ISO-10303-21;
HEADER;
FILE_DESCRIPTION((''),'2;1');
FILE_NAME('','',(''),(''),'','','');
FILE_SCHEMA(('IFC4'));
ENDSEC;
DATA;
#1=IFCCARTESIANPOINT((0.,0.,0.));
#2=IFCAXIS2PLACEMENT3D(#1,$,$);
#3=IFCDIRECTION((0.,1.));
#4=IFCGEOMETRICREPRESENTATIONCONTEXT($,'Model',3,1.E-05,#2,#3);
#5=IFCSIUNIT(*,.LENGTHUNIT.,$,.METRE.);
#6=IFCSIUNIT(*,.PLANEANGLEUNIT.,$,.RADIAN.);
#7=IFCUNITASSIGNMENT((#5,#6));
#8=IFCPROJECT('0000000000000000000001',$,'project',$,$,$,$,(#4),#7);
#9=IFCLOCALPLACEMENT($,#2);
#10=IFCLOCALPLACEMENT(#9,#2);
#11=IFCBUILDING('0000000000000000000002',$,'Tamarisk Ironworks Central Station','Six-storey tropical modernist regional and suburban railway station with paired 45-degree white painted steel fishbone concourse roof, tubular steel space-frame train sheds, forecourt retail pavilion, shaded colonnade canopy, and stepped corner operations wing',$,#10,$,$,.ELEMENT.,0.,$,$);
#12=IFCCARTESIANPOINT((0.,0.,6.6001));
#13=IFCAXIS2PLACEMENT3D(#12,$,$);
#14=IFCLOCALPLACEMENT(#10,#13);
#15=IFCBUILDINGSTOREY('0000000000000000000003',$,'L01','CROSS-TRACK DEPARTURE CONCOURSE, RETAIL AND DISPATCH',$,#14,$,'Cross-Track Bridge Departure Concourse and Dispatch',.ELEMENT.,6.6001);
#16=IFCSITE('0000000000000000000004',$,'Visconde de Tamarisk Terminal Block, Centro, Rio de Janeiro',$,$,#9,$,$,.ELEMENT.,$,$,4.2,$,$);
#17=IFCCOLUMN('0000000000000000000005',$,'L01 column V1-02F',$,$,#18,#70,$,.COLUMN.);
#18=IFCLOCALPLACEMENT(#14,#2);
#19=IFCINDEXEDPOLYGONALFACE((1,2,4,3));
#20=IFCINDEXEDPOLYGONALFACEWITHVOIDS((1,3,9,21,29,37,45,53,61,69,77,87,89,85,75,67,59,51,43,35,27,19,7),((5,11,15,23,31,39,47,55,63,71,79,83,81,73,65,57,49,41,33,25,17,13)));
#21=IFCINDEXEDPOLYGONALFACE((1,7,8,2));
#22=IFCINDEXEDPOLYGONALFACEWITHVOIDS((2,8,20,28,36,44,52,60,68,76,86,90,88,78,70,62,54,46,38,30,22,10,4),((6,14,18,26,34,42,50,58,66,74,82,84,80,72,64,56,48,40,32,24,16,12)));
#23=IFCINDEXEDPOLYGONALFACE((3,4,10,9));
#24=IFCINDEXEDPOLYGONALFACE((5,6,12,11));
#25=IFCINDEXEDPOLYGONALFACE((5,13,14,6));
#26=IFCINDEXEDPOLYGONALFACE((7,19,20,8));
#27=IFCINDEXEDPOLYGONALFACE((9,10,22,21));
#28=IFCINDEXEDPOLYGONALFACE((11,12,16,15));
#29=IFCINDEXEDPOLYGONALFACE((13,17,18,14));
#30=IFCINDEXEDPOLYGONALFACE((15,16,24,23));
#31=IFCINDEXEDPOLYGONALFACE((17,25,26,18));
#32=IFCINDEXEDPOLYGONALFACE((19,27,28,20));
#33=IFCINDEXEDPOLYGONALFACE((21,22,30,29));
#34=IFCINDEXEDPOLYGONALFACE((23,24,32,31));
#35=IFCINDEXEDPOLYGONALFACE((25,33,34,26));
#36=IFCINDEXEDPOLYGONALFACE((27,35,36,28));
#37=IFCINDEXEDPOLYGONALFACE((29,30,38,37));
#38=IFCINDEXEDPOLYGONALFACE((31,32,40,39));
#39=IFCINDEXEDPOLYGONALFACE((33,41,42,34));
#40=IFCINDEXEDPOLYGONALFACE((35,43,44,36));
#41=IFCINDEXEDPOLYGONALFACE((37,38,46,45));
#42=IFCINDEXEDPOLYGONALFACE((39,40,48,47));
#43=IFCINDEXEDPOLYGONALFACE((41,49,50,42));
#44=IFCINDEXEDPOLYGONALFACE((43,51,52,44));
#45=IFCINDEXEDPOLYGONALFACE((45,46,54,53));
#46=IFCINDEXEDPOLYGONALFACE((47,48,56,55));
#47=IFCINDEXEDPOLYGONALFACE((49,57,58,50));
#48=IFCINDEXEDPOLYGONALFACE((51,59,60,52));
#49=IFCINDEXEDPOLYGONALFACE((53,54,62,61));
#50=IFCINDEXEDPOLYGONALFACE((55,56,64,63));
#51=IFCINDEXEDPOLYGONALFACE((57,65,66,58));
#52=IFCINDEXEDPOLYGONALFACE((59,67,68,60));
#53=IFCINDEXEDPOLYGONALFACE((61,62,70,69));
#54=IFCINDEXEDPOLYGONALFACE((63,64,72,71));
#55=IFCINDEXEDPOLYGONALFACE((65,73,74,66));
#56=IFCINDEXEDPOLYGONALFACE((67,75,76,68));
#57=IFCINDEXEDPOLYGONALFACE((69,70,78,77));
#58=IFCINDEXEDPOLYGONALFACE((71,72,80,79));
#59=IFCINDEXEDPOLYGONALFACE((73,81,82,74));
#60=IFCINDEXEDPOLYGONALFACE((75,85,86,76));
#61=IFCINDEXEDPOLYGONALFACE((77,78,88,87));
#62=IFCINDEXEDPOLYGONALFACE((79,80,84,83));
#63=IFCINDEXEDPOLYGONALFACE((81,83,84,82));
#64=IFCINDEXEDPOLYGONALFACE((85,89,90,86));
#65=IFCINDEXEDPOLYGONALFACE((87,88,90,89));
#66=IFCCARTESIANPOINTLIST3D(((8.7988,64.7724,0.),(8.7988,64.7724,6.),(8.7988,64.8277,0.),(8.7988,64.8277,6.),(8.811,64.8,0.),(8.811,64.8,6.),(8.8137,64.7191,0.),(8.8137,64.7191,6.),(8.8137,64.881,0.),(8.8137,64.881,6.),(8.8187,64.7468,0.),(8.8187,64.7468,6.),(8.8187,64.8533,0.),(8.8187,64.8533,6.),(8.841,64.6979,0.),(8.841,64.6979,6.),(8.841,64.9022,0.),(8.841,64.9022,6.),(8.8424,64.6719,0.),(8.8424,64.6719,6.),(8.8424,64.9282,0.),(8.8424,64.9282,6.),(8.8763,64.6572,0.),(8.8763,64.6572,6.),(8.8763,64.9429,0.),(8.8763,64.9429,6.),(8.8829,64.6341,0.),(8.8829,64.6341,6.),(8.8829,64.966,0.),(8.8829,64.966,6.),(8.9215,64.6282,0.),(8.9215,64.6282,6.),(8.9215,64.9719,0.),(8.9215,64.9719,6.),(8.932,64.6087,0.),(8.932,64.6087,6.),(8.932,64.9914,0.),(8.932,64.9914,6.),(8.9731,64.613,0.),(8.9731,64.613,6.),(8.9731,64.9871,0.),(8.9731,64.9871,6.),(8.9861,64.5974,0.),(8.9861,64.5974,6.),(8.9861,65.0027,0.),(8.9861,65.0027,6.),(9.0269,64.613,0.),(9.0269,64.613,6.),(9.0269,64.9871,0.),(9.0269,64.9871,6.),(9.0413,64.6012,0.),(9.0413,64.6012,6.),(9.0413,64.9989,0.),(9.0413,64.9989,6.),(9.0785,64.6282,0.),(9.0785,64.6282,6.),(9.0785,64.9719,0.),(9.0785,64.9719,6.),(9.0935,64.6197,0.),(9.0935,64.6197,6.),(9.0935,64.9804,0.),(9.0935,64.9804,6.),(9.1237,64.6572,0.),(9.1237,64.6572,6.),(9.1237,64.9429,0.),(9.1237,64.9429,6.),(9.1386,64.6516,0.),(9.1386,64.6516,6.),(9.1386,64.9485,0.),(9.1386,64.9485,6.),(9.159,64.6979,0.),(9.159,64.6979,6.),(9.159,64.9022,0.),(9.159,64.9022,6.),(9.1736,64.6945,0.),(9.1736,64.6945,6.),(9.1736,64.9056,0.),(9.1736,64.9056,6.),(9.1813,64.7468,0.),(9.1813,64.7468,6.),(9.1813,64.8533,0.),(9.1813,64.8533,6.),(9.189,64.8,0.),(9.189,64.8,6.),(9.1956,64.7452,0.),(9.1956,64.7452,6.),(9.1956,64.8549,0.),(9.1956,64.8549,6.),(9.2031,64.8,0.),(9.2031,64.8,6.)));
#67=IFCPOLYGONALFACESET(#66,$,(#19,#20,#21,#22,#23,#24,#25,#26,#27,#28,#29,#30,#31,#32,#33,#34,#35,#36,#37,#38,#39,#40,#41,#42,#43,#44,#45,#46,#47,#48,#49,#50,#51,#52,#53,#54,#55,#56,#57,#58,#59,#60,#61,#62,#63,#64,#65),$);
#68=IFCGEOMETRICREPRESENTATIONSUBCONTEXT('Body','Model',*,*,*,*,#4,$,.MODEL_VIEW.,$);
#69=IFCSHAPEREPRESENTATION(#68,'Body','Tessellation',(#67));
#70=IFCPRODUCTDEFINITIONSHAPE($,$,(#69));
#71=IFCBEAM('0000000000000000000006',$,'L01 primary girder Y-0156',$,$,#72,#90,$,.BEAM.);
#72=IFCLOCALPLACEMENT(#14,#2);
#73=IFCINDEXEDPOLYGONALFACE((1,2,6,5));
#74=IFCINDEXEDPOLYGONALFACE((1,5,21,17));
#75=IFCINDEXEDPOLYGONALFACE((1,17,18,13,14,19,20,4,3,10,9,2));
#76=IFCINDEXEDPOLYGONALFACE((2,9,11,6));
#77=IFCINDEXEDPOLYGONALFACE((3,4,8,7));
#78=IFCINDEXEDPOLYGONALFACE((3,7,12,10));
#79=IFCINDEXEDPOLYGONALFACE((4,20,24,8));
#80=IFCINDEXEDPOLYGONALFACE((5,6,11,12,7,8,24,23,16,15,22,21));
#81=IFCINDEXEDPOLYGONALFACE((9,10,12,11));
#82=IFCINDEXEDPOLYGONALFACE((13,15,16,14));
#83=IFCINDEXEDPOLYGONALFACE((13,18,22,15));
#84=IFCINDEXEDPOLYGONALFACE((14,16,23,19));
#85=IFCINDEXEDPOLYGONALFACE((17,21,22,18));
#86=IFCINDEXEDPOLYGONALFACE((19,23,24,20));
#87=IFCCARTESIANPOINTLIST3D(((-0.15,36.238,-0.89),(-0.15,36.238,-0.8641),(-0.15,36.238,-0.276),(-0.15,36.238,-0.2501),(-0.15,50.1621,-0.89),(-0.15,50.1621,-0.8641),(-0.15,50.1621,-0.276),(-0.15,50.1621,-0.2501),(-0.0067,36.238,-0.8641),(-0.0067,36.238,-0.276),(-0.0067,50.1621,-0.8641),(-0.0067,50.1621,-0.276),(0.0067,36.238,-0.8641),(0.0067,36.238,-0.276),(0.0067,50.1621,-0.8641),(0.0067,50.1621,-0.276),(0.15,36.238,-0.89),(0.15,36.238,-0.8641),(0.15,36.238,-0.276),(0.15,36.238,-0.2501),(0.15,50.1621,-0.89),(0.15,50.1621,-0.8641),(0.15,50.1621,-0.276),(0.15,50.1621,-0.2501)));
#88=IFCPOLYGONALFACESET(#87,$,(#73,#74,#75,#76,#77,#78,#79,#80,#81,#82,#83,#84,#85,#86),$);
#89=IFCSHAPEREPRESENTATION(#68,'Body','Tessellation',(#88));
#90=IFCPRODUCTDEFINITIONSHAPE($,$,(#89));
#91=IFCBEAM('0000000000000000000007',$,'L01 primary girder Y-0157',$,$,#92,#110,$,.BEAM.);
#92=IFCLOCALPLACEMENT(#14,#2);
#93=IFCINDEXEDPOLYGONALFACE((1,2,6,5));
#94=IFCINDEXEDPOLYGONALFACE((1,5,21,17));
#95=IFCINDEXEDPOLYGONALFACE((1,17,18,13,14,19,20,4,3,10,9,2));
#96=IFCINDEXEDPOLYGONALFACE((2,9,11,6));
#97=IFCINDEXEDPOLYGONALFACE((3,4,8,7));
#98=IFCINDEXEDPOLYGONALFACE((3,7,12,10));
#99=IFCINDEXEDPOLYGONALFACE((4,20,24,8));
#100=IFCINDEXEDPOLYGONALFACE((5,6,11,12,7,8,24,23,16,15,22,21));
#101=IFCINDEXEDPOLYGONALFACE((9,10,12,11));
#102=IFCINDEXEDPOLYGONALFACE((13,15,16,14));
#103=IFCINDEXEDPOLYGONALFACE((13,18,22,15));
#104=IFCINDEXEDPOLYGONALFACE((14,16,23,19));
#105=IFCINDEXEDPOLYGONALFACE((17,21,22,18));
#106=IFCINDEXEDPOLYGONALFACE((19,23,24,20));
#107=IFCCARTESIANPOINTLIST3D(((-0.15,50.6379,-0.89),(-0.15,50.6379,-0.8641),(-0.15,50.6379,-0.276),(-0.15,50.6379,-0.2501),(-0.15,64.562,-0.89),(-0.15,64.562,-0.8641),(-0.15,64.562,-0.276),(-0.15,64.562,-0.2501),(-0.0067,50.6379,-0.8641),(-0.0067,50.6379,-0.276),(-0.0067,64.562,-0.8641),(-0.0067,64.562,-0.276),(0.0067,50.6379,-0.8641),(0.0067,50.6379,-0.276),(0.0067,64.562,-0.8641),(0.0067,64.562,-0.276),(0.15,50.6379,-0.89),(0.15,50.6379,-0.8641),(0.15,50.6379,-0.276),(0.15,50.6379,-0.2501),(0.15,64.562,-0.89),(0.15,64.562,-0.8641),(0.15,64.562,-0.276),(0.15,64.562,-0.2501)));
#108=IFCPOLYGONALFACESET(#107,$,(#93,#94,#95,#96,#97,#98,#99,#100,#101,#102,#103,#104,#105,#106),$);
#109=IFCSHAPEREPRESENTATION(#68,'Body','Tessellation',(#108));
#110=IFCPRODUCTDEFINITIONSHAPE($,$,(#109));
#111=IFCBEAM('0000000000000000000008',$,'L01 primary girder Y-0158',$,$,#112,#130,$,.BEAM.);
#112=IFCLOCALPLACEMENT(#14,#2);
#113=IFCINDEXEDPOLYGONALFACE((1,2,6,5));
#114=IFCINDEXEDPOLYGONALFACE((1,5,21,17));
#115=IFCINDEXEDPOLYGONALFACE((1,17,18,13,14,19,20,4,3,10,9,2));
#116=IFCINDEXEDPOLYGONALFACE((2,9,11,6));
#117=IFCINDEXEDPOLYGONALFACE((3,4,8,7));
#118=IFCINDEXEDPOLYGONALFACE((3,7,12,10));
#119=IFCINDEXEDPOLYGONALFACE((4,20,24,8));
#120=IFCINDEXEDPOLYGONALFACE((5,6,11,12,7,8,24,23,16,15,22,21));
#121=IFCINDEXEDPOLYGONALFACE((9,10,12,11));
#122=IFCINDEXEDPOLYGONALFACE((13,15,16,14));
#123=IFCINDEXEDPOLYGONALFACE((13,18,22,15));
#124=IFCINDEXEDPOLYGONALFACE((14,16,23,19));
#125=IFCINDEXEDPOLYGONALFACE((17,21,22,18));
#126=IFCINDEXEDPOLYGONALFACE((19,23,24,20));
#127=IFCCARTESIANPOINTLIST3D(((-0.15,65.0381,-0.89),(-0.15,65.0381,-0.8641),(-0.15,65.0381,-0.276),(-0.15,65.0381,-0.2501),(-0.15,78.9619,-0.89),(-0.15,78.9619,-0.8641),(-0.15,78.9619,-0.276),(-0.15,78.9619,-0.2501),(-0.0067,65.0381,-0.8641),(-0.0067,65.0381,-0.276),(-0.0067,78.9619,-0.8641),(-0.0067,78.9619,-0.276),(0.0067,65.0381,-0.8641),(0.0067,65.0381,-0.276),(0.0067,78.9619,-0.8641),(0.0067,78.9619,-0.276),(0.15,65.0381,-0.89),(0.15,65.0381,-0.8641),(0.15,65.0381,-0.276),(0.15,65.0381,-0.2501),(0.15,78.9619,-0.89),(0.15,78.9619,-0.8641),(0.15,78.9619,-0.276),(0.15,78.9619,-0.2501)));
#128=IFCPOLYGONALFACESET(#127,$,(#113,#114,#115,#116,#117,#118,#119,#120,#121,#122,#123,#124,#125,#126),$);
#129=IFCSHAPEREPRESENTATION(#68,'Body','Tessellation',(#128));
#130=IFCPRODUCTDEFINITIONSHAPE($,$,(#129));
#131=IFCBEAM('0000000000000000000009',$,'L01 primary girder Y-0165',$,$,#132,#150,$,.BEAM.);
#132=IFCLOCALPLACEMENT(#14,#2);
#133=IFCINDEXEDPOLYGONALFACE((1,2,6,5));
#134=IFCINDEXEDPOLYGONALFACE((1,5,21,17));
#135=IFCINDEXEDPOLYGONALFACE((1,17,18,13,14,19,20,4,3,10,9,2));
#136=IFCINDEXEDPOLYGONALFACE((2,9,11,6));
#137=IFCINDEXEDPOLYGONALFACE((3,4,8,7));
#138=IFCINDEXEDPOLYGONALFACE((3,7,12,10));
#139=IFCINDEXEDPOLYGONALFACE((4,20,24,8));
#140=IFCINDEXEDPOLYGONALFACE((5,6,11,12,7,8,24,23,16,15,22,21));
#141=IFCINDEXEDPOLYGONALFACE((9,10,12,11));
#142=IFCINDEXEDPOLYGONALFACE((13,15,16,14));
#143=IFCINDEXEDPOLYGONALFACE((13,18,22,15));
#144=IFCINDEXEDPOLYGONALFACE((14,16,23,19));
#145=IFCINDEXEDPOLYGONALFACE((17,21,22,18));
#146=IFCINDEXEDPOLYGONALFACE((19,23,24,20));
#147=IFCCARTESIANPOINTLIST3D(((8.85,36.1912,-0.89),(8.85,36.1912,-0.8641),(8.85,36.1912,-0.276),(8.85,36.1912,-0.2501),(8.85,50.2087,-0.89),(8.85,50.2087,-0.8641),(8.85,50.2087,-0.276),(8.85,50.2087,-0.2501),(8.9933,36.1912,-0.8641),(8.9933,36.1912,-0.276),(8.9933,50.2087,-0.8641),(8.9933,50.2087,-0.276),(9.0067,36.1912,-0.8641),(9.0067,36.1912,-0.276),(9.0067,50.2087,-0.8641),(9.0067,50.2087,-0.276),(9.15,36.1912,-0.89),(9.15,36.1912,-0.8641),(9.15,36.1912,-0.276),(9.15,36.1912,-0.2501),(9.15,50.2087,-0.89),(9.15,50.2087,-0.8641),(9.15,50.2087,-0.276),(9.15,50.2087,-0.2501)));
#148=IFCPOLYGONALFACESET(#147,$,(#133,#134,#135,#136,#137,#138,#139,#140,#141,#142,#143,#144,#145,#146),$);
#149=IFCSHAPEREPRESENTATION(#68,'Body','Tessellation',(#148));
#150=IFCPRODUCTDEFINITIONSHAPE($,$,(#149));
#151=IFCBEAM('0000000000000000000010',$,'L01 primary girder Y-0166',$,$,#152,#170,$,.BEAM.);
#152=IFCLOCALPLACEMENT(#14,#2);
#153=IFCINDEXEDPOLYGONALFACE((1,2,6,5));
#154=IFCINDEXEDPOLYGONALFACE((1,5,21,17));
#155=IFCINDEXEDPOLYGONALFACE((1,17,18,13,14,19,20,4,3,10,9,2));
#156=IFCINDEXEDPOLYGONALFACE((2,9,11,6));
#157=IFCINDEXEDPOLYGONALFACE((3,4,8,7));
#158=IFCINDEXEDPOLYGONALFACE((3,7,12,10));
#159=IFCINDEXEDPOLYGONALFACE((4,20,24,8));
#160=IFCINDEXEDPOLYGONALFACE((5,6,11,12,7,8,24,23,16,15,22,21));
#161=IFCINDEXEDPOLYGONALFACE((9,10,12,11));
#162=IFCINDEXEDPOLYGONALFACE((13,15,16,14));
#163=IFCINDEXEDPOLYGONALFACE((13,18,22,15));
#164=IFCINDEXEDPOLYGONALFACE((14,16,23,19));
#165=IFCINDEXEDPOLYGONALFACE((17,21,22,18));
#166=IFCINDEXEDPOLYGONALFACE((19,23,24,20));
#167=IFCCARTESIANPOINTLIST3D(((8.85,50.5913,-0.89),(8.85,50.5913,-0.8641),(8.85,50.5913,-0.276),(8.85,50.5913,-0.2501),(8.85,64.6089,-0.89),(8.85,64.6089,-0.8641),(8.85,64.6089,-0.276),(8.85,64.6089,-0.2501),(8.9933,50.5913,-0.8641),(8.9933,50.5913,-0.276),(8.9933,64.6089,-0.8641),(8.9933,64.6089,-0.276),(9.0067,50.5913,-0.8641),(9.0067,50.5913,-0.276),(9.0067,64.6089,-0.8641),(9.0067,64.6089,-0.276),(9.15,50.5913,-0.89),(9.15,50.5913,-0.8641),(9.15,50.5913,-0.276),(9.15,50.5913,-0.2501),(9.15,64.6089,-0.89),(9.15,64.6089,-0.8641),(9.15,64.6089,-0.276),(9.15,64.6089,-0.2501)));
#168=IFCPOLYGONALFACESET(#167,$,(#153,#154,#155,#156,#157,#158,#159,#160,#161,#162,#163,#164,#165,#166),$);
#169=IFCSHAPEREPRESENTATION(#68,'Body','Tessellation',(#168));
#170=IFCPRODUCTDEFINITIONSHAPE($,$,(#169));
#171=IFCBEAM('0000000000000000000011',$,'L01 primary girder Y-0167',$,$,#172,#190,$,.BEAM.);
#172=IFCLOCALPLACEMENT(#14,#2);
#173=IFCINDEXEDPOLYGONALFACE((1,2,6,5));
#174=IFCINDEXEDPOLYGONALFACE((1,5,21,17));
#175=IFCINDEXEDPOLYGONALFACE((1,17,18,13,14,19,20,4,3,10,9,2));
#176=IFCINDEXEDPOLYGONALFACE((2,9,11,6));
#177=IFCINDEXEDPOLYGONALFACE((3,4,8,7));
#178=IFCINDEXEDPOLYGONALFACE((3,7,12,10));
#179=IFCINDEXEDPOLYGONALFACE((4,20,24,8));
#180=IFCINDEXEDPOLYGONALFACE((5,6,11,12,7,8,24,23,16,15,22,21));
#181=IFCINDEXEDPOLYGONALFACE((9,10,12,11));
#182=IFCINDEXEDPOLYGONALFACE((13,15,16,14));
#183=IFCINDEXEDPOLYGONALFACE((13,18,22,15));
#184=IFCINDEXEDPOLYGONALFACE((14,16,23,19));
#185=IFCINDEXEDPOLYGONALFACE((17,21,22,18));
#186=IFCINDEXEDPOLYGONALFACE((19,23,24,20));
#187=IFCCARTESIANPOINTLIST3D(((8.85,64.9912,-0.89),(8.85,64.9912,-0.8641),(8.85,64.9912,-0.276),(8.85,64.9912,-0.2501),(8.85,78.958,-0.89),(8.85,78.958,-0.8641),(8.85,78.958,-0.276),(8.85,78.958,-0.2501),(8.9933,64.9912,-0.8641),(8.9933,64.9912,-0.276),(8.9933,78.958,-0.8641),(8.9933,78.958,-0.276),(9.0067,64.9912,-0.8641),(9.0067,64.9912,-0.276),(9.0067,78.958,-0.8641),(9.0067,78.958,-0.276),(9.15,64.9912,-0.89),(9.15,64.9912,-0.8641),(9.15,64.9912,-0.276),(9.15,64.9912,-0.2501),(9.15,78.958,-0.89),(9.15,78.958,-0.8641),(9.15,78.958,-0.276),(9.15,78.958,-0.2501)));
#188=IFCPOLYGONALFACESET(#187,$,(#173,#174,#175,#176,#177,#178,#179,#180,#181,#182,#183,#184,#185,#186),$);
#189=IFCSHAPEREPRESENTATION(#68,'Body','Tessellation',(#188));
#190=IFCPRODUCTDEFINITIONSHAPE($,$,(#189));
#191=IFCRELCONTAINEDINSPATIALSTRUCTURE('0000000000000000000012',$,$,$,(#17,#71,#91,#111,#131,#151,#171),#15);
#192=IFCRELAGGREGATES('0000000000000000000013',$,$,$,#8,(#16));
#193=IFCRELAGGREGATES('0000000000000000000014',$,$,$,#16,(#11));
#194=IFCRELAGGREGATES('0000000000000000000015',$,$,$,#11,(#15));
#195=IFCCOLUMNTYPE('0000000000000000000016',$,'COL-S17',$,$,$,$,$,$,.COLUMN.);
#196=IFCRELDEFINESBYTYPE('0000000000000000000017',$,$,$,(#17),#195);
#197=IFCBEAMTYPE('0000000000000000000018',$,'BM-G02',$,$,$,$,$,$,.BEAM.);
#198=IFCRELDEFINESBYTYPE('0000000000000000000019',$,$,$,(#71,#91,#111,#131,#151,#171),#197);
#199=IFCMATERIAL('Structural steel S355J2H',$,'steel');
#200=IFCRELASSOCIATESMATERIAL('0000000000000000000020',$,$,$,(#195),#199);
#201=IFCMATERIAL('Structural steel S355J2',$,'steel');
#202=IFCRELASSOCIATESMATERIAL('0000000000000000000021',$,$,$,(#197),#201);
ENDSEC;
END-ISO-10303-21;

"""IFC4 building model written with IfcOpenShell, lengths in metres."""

from ifc_helpers import new_model, si_unit, direction, frame, origin, origin_2d, place, context, subcontext, project, spatial, hollow_circle, i_section, extrude, material, material_profile, profile_set, type_object, element, save


model = new_model("IFC4")

# Units and contexts
model_context = context("Model", 3, precision=1e-05, world=origin(), true_north=direction((0.0, 1.0)))
body_context = subcontext(model_context, "Body", "Model", "MODEL_VIEW")
ifc_project = project(units=[si_unit("LENGTHUNIT", "METRE"), si_unit("PLANEANGLEUNIT", "RADIAN")], contexts=[model_context])

# Site, building, storey
site_placement = place(None, origin())
site = spatial("IfcSite", under=ifc_project, at=site_placement, Name="Visconde de Tamarisk Terminal Block, Centro, Rio de Janeiro", CompositionType="ELEMENT", RefElevation=4.2)
building_placement = place(site_placement, origin())
building = spatial("IfcBuilding", under=site, at=building_placement, Name="Tamarisk Ironworks Central Station", Description="Six-storey tropical modernist regional and suburban railway station with paired 45-degree white painted steel fishbone concourse roof, tubular steel space-frame train sheds, forecourt retail pavilion, shaded colonnade canopy, and stepped corner operations wing", CompositionType="ELEMENT", ElevationOfRefHeight=0.0)
storey_placement = place(building_placement, frame((0.0, 0.0, 6.6001)))
storey = spatial("IfcBuildingStorey", under=building, at=storey_placement, Name="L01", Description="CROSS-TRACK DEPARTURE CONCOURSE, RETAIL AND DISPATCH", LongName="Cross-Track Bridge Departure Concourse and Dispatch", CompositionType="ELEMENT", Elevation=6.6001)

# Column
ifc_material_1 = material(Name="Structural steel S355J2H", Category="steel")
ifc_material_profile_1 = material_profile(ifc_material_1, hollow_circle(Radius=0.2031, WallThickness=0.0142, at=origin_2d()), Name="CHS 406.4x14.2")
ifc_profile_set_1 = profile_set([ifc_material_profile_1], Name="Structural steel S355J2H")
column_type_1 = type_object("IfcColumnType", Name="COL-S17", PredefinedType="COLUMN", material=ifc_profile_set_1)
for number, where, z_axis, x_axis, name in (
    (1, (9.0, 64.8, 0.0), (0.0, 0.0, 1.0), (1.0, 0.0, 0.0), "L01 column V1-02F"),
):
    element("IfcColumn", number, at=place(storey_placement, frame(where, z_axis=z_axis, x_axis=x_axis)), inside=storey, type_object=column_type_1, Name=name, PredefinedType="COLUMN", context=body_context, shape_type="SweptSolid", body=[
        extrude(hollow_circle(Radius=0.2031, WallThickness=0.0142, at=origin_2d()), origin(), (0.0, 0.0, 1.0), 6.0),
    ])

# Beams
ifc_material_2 = material(Name="Structural steel S355J2", Category="steel")
ifc_material_profile_2 = material_profile(ifc_material_2, i_section(OverallWidth=0.3, OverallDepth=0.6399, WebThickness=0.0134, FlangeThickness=0.0259, at=origin_2d()), Name="HEA 650")
ifc_profile_set_2 = profile_set([ifc_material_profile_2], Name="Structural steel S355J2")
beam_type_1 = type_object("IfcBeamType", Name="BM-G02", PredefinedType="BEAM", material=ifc_profile_set_2)
for number, where, z_axis, x_axis, name in (
    (2, (0.0, 36.238, -0.5701), (0.0, 1.0, 0.0), (-1.0, 0.0, 0.0), "L01 primary girder Y-0156"),
    (3, (0.0, 50.6379, -0.5701), (0.0, 1.0, 0.0), (-1.0, 0.0, 0.0), "L01 primary girder Y-0157"),
):
    element("IfcBeam", number, at=place(storey_placement, frame(where, z_axis=z_axis, x_axis=x_axis)), inside=storey, type_object=beam_type_1, Name=name, PredefinedType="BEAM", context=body_context, shape_type="SweptSolid", body=[
        extrude(i_section(OverallWidth=0.3, OverallDepth=0.6399, WebThickness=0.0134, FlangeThickness=0.0259, at=origin_2d()), origin(), (0.0, 0.0, 1.0), 13.9241),
    ])
beam_1_placement = place(storey_placement, frame((0.0, 65.0381, -0.5701), z_axis=(0.0, 1.0, 0.0), x_axis=(-1.0, 0.0, 0.0)))
element("IfcBeam", 4, at=beam_1_placement, inside=storey, type_object=beam_type_1, Name="L01 primary girder Y-0158", PredefinedType="BEAM", context=body_context, shape_type="SweptSolid", body=[
    extrude(i_section(OverallWidth=0.3, OverallDepth=0.6399, WebThickness=0.0134, FlangeThickness=0.0259, at=origin_2d()), origin(), (0.0, 0.0, 1.0), 13.9238),
])
for number, where, z_axis, x_axis, name in (
    (5, (9.0, 36.1912, -0.5701), (0.0, 1.0, 0.0), (-1.0, 0.0, 0.0), "L01 primary girder Y-0165"),
    (6, (9.0, 50.5913, -0.5701), (0.0, 1.0, 0.0), (-1.0, 0.0, 0.0), "L01 primary girder Y-0166"),
):
    element("IfcBeam", number, at=place(storey_placement, frame(where, z_axis=z_axis, x_axis=x_axis)), inside=storey, type_object=beam_type_1, Name=name, PredefinedType="BEAM", context=body_context, shape_type="SweptSolid", body=[
        extrude(i_section(OverallWidth=0.3, OverallDepth=0.6399, WebThickness=0.0134, FlangeThickness=0.0259, at=origin_2d()), origin(), (0.0, 0.0, 1.0), 14.0176),
    ])
beam_2_placement = place(storey_placement, frame((9.0, 64.9912, -0.5701), z_axis=(0.0, 1.0, 0.0), x_axis=(-1.0, 0.0, 0.0)))
element("IfcBeam", 7, at=beam_2_placement, inside=storey, type_object=beam_type_1, Name="L01 primary girder Y-0167", PredefinedType="BEAM", context=body_context, shape_type="SweptSolid", body=[
    extrude(i_section(OverallWidth=0.3, OverallDepth=0.6399, WebThickness=0.0134, FlangeThickness=0.0259, at=origin_2d()), origin(), (0.0, 0.0, 1.0), 13.9668),
])

save(model, "model.ifc")
